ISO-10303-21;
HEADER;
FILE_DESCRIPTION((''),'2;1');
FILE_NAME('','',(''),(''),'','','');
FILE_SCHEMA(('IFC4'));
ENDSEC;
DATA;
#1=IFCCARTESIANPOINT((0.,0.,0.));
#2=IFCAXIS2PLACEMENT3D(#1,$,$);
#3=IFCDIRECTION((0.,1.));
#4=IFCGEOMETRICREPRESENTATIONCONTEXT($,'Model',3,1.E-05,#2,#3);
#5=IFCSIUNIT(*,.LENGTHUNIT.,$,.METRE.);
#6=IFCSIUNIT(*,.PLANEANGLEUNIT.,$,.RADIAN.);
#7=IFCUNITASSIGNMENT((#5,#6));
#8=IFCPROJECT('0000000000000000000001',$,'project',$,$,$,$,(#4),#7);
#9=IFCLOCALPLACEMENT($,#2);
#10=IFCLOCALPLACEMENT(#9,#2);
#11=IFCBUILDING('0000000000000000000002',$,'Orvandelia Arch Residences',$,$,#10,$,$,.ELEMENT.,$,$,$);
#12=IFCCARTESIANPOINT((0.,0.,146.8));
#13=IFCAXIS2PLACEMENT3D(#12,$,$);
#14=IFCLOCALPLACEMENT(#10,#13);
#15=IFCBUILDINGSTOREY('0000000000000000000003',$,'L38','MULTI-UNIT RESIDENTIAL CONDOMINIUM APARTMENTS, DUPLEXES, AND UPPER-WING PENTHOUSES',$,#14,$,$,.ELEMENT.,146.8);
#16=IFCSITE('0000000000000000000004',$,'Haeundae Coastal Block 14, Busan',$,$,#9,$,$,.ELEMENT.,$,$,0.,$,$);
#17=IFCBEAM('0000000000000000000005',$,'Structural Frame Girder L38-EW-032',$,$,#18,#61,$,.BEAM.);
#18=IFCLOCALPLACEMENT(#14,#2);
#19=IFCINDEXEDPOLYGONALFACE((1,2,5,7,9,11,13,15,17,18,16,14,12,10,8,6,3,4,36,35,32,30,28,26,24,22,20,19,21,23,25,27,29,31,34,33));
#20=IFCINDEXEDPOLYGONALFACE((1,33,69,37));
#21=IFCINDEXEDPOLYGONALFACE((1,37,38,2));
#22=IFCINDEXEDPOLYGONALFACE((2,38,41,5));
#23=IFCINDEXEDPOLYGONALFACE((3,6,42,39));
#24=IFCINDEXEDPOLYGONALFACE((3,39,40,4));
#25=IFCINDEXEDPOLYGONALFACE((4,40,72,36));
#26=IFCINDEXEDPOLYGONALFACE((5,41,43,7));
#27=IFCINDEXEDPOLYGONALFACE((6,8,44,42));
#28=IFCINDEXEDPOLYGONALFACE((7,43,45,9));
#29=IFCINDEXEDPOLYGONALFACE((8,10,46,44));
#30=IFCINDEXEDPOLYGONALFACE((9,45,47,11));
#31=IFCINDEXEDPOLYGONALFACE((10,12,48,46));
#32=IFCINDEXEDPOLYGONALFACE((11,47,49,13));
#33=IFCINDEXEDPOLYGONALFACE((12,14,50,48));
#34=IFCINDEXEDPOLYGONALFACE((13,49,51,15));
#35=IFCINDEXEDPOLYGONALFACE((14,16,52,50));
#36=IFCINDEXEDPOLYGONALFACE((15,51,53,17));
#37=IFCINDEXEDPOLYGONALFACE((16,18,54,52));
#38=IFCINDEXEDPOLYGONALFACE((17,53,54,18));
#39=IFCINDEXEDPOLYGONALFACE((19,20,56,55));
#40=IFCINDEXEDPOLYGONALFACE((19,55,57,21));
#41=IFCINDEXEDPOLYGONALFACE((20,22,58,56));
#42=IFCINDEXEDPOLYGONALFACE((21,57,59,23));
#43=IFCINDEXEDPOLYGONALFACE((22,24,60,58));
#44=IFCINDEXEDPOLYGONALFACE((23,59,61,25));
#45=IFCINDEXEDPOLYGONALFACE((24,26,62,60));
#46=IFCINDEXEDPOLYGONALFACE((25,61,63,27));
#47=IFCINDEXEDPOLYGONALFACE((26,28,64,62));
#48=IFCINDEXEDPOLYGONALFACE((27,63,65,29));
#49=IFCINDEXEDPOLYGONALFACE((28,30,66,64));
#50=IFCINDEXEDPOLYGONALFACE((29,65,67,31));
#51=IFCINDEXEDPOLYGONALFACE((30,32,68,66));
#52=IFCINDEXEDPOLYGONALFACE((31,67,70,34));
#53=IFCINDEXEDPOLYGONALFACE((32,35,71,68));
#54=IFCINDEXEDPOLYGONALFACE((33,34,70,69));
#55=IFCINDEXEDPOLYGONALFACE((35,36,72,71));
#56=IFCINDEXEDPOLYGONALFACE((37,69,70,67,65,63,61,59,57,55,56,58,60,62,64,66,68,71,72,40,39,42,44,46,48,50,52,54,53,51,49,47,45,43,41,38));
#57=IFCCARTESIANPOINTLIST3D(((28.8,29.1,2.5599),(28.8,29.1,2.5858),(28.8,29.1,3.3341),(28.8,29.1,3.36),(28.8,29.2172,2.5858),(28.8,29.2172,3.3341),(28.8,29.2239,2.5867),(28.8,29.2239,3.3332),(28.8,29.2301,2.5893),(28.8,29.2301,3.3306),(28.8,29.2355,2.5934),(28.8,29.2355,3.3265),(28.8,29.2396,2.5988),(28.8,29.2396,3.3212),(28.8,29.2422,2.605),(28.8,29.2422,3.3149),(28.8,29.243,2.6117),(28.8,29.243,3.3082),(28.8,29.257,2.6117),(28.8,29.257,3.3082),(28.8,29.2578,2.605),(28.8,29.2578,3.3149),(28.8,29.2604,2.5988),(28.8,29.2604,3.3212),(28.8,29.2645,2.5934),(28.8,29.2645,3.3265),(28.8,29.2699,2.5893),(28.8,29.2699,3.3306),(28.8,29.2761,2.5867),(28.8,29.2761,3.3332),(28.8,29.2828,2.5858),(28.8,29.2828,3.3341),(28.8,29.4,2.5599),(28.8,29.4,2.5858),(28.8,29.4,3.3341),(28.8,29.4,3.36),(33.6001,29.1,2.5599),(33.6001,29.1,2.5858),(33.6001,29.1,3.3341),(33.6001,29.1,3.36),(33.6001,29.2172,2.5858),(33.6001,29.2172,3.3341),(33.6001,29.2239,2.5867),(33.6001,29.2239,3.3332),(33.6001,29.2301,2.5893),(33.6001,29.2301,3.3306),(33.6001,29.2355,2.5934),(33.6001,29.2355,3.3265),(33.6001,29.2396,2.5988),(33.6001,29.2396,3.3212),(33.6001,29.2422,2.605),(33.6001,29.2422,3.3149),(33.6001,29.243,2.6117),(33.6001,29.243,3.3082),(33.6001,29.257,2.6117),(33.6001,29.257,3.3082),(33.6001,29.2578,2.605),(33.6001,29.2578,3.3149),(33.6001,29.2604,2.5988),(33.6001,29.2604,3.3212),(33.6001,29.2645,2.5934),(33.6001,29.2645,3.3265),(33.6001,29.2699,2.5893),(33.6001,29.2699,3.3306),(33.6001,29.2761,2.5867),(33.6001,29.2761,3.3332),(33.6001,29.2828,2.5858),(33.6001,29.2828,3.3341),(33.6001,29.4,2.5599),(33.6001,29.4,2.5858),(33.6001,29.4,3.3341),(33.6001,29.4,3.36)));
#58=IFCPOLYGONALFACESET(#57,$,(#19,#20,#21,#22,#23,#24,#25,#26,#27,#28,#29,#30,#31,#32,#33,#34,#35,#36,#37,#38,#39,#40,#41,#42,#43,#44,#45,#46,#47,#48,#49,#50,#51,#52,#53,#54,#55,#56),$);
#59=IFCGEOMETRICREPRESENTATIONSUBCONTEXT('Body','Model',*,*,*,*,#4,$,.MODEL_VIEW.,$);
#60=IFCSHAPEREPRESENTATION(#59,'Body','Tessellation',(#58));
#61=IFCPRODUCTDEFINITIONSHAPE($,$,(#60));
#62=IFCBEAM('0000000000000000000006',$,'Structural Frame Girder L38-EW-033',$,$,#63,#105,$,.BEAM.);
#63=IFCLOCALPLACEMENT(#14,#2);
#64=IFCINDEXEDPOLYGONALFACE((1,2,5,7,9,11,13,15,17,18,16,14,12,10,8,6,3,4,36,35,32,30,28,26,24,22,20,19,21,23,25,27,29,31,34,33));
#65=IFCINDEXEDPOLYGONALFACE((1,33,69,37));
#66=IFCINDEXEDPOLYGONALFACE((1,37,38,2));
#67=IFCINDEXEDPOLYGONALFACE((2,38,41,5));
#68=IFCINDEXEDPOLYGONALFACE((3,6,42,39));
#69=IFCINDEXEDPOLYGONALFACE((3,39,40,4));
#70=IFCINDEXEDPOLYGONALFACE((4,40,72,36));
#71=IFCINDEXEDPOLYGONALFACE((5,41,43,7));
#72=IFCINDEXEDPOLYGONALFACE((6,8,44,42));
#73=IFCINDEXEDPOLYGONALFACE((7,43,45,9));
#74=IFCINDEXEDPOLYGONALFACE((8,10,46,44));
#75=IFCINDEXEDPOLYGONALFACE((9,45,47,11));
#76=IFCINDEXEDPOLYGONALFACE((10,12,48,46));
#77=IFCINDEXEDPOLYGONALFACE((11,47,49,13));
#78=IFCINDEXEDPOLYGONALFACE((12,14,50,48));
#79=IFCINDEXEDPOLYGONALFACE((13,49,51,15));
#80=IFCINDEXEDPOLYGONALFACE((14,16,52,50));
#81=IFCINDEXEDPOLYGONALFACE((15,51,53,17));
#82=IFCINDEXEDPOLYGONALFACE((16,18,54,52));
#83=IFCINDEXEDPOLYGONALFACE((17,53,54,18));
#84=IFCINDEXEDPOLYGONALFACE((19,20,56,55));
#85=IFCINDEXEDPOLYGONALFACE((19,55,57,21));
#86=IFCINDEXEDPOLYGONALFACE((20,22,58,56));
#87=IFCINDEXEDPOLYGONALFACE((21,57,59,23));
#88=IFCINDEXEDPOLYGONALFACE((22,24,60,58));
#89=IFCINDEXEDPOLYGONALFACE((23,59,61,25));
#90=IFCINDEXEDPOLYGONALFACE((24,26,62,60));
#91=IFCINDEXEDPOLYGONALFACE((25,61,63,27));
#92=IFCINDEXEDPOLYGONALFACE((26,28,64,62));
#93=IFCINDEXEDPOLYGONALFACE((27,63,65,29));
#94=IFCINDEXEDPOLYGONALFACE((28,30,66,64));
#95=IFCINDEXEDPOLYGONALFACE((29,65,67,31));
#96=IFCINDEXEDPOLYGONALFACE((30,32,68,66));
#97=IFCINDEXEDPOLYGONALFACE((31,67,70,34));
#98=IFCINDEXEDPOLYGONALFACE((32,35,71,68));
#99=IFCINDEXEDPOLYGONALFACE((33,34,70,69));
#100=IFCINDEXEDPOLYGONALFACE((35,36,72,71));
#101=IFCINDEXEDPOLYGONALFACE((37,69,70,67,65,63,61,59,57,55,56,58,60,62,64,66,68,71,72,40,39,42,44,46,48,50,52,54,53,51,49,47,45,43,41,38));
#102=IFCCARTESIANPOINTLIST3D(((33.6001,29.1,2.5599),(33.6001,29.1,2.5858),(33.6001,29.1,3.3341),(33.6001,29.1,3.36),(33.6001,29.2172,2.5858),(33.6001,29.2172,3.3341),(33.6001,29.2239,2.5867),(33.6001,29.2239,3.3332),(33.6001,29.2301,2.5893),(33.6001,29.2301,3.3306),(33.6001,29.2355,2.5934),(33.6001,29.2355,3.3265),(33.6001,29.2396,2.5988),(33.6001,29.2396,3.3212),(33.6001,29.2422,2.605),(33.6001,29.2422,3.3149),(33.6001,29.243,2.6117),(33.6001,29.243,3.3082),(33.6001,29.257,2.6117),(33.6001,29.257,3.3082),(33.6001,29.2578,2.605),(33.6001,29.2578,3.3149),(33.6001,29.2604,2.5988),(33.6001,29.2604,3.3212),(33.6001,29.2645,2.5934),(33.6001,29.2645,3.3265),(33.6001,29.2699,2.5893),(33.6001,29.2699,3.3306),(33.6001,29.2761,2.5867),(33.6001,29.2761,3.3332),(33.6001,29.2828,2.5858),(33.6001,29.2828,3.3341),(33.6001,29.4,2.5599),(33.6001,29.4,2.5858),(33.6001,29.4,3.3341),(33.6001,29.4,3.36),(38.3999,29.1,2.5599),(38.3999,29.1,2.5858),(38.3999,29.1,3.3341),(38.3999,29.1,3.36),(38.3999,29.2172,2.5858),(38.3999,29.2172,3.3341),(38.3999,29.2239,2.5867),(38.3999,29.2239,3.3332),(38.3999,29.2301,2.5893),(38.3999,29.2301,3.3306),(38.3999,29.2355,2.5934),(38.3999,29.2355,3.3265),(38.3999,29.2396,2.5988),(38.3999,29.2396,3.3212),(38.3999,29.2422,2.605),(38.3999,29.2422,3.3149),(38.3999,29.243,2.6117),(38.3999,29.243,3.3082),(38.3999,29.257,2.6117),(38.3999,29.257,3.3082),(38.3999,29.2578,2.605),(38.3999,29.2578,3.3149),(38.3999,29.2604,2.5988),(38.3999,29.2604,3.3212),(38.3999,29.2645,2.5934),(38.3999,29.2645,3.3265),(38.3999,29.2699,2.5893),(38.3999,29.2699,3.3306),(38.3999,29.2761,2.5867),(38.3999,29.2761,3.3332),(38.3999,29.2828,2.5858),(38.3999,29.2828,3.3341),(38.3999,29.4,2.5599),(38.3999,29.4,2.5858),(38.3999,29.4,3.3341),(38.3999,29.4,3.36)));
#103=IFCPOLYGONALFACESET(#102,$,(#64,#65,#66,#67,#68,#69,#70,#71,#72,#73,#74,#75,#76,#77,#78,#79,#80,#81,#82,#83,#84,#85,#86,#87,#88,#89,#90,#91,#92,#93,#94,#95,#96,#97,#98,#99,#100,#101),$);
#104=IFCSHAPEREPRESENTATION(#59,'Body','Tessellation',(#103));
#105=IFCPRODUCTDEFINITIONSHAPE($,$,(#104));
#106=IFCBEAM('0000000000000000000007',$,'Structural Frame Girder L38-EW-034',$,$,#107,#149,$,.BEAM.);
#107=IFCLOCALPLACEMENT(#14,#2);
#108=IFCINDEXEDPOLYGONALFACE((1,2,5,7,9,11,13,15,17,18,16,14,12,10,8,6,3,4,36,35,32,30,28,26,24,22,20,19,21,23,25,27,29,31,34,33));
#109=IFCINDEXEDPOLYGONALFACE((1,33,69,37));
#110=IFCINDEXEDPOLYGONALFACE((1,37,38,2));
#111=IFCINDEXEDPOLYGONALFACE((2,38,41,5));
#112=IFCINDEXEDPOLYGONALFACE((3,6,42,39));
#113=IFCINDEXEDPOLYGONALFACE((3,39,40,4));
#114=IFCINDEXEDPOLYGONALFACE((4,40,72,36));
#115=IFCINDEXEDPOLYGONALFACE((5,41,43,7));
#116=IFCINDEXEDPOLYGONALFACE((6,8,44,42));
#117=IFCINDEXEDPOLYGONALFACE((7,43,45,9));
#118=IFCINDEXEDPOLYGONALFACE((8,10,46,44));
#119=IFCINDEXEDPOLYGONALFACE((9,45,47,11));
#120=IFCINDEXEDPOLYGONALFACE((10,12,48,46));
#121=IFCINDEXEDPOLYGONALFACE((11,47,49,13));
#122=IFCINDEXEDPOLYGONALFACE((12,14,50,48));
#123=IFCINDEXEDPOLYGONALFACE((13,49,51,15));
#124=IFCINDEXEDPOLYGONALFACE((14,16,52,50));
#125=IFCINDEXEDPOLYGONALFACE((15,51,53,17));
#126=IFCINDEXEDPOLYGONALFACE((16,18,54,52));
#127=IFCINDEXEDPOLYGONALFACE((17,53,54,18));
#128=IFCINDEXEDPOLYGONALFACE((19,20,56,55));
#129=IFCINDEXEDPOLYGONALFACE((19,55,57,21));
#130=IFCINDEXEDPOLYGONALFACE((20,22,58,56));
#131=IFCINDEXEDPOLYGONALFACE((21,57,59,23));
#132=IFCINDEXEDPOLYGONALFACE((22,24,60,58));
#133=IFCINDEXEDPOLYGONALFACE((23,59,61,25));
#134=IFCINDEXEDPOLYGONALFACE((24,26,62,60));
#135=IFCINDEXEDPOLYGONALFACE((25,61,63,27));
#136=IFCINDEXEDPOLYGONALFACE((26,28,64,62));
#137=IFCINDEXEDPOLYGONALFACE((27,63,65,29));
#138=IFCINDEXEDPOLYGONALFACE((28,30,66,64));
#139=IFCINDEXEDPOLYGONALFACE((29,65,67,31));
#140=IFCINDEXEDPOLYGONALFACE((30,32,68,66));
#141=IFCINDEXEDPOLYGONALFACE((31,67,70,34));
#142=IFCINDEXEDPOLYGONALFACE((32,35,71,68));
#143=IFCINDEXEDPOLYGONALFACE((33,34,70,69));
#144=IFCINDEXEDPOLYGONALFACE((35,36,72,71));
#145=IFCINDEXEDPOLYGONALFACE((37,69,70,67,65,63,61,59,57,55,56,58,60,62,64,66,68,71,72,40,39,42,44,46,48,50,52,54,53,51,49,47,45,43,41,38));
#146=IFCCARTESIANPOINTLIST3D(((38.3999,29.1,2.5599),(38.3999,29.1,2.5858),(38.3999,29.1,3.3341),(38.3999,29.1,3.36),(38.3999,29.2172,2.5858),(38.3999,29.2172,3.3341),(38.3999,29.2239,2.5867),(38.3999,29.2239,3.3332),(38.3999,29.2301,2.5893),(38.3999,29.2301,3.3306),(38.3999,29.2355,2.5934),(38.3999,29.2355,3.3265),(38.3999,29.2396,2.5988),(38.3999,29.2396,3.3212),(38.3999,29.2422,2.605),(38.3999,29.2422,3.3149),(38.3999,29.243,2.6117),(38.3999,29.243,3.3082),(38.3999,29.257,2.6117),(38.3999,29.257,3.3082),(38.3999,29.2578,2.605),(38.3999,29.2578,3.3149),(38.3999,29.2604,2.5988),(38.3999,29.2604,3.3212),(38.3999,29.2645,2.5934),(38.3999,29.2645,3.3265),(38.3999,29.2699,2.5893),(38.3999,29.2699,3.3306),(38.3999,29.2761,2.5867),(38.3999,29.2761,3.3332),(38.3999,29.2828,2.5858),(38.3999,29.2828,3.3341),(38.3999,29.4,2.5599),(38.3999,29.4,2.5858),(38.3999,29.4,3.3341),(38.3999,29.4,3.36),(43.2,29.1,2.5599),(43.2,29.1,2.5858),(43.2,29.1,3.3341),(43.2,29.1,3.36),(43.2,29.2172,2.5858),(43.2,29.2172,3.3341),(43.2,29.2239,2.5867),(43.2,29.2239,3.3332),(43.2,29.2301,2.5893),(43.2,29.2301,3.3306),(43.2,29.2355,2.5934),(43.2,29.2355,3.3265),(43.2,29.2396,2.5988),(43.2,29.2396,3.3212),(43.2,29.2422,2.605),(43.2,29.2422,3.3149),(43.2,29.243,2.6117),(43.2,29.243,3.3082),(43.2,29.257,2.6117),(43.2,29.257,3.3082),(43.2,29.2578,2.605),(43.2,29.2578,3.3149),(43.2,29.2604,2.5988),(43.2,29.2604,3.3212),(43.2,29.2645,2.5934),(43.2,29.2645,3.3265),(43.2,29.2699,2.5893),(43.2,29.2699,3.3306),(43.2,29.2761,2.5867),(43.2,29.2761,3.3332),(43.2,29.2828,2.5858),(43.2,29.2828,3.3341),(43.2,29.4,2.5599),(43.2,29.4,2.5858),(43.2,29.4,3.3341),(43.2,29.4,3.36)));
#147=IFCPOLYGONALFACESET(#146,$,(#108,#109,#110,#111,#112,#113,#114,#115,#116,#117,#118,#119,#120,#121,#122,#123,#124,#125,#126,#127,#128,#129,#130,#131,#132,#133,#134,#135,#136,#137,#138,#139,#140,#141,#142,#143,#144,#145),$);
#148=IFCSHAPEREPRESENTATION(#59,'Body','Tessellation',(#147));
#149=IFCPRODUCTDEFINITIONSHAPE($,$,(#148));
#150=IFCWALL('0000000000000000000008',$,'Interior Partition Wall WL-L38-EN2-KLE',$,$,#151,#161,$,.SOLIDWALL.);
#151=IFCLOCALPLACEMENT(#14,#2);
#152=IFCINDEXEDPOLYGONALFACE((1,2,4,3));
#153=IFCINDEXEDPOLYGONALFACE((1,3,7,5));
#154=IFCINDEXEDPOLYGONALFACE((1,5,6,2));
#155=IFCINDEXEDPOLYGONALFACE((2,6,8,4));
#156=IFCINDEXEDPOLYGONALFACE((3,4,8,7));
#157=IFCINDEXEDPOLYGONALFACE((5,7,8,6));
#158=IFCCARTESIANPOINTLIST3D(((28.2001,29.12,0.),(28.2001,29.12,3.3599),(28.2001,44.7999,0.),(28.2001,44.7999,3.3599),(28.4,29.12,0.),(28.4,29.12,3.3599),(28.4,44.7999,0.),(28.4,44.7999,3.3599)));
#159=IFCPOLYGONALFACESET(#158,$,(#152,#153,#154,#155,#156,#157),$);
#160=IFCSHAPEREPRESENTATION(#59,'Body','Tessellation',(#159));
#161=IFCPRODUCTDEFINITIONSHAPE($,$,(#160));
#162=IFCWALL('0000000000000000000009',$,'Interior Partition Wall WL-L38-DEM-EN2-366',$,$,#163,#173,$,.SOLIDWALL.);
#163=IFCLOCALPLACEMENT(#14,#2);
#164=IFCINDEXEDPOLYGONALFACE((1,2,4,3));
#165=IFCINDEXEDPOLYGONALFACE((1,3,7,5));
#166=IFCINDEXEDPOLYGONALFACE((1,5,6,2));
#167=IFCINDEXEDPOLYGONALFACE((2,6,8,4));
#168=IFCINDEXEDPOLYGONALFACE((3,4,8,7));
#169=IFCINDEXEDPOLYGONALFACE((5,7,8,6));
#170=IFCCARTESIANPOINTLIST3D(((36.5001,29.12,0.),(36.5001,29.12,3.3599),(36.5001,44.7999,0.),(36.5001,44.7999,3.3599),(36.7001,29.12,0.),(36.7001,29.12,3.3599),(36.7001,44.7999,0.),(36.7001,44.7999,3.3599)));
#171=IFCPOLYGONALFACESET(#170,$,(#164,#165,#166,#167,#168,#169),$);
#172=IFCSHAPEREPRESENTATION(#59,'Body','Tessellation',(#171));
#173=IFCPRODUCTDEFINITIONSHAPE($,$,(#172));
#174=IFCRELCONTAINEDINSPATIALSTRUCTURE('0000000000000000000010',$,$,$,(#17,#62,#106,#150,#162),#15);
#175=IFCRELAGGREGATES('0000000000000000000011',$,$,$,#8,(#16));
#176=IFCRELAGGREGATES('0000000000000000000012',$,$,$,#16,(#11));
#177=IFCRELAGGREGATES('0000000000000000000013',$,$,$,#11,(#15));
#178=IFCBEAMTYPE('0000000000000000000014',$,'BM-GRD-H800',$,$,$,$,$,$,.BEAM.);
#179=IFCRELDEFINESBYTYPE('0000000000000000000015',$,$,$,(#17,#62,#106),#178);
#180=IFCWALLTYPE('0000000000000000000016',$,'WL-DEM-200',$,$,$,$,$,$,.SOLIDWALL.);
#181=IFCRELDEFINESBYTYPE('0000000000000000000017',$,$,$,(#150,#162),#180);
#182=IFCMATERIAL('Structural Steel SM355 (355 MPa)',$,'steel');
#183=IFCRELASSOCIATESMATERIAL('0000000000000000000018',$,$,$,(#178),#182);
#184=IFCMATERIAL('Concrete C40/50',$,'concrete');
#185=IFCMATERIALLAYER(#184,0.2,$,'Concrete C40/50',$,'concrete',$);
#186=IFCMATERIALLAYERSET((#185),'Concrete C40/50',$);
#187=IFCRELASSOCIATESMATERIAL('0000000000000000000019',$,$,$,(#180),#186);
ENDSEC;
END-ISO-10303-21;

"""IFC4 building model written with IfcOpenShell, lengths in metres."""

from ifc_helpers import new_model, si_unit, direction, frame, frame_2d, origin, origin_2d, place, context, subcontext, project, spatial, rectangle, i_section, extrude, material, layer, layer_set, material_profile, profile_set, type_object, element, save


model = new_model("IFC4")

# Units and contexts
model_context = context("Model", 3, precision=1e-05, world=origin(), true_north=direction((0.0, 1.0)))
body_context = subcontext(model_context, "Body", "Model", "MODEL_VIEW")
ifc_project = project(units=[si_unit("LENGTHUNIT", "METRE"), si_unit("PLANEANGLEUNIT", "RADIAN")], contexts=[model_context])

# Site, building, storey
site_placement = place(None, origin())
site = spatial("IfcSite", under=ifc_project, at=site_placement, Name="Haeundae Coastal Block 14, Busan", CompositionType="ELEMENT", RefElevation=0.0)
building_placement = place(site_placement, origin())
building = spatial("IfcBuilding", under=site, at=building_placement, Name="Orvandelia Arch Residences", CompositionType="ELEMENT")
storey_placement = place(building_placement, frame((0.0, 0.0, 146.8)))
storey = spatial("IfcBuildingStorey", under=building, at=storey_placement, Name="L38", Description="MULTI-UNIT RESIDENTIAL CONDOMINIUM APARTMENTS, DUPLEXES, AND UPPER-WING PENTHOUSES", CompositionType="ELEMENT", Elevation=146.8)

# Beams
ifc_material_1 = material(Name="Structural Steel SM355 (355 MPa)", Category="steel")
ifc_material_profile_1 = material_profile(ifc_material_1, i_section(OverallWidth=0.3, OverallDepth=0.8, WebThickness=0.0139, FlangeThickness=0.0259, FilletRadius=0.0259, at=origin_2d()), Name="Structural Steel SM355 (355 MPa)", Category="steel")
ifc_profile_set_1 = profile_set([ifc_material_profile_1], Name="Structural Steel SM355 (355 MPa)")
beam_type = type_object("IfcBeamType", Name="BM-GRD-H800", PredefinedType="BEAM", material=ifc_profile_set_1)
beam_1_placement = place(storey_placement, frame((28.8, 29.25, 2.96), z_axis=(1.0, 0.0, 0.0), x_axis=(0.0, 1.0, 0.0)))
element("IfcBeam", 1, at=beam_1_placement, inside=storey, type_object=beam_type, Name="Structural Frame Girder L38-EW-032", PredefinedType="BEAM", context=body_context, shape_type="SweptSolid", body=[
    extrude(i_section(OverallWidth=0.3, OverallDepth=0.8, WebThickness=0.0139, FlangeThickness=0.0259, FilletRadius=0.0259, at=origin_2d()), origin(), (0.0, 0.0, 1.0), 4.8),
])
beam_2_placement = place(storey_placement, frame((33.6001, 29.25, 2.96), z_axis=(1.0, 0.0, 0.0), x_axis=(0.0, 1.0, 0.0)))
element("IfcBeam", 2, at=beam_2_placement, inside=storey, type_object=beam_type, Name="Structural Frame Girder L38-EW-033", PredefinedType="BEAM", context=body_context, shape_type="SweptSolid", body=[
    extrude(i_section(OverallWidth=0.3, OverallDepth=0.8, WebThickness=0.0139, FlangeThickness=0.0259, FilletRadius=0.0259, at=origin_2d()), origin(), (0.0, 0.0, 1.0), 4.7998),
])
beam_3_placement = place(storey_placement, frame((38.3999, 29.25, 2.96), z_axis=(1.0, 0.0, 0.0), x_axis=(0.0, 1.0, 0.0)))
element("IfcBeam", 3, at=beam_3_placement, inside=storey, type_object=beam_type, Name="Structural Frame Girder L38-EW-034", PredefinedType="BEAM", context=body_context, shape_type="SweptSolid", body=[
    extrude(i_section(OverallWidth=0.3, OverallDepth=0.8, WebThickness=0.0139, FlangeThickness=0.0259, FilletRadius=0.0259, at=origin_2d()), origin(), (0.0, 0.0, 1.0), 4.8),
])

# Walls
ifc_material_2 = material(Name="Concrete C40/50", Category="concrete")
ifc_layer_1 = layer(ifc_material_2, 0.2, Name="Concrete C40/50", Category="concrete")
ifc_layer_set_1 = layer_set([ifc_layer_1], Name="Concrete C40/50")
wall_type_1 = type_object("IfcWallType", Name="WL-DEM-200", PredefinedType="SOLIDWALL", material=ifc_layer_set_1)
for number, where, z_axis, x_axis, name in (
    (4, (28.3, 29.1201, 0.0), (0.0, 0.0, 1.0), (0.0, 1.0, 0.0), "Interior Partition Wall WL-L38-EN2-KLE"),
    (5, (36.6001, 29.1201, 0.0), (0.0, 0.0, 1.0), (0.0, 1.0, 0.0), "Interior Partition Wall WL-L38-DEM-EN2-366"),
):
    element("IfcWall", number, at=place(storey_placement, frame(where, z_axis=z_axis, x_axis=x_axis)), inside=storey, type_object=wall_type_1, Name=name, PredefinedType="SOLIDWALL", context=body_context, shape_type="SweptSolid", body=[
        extrude(rectangle(XDim=15.6799, YDim=0.2, at=frame_2d((7.8398, 0.0))), origin(), (0.0, 0.0, 1.0), 3.3599),
    ])

save(model, "model.ifc")
